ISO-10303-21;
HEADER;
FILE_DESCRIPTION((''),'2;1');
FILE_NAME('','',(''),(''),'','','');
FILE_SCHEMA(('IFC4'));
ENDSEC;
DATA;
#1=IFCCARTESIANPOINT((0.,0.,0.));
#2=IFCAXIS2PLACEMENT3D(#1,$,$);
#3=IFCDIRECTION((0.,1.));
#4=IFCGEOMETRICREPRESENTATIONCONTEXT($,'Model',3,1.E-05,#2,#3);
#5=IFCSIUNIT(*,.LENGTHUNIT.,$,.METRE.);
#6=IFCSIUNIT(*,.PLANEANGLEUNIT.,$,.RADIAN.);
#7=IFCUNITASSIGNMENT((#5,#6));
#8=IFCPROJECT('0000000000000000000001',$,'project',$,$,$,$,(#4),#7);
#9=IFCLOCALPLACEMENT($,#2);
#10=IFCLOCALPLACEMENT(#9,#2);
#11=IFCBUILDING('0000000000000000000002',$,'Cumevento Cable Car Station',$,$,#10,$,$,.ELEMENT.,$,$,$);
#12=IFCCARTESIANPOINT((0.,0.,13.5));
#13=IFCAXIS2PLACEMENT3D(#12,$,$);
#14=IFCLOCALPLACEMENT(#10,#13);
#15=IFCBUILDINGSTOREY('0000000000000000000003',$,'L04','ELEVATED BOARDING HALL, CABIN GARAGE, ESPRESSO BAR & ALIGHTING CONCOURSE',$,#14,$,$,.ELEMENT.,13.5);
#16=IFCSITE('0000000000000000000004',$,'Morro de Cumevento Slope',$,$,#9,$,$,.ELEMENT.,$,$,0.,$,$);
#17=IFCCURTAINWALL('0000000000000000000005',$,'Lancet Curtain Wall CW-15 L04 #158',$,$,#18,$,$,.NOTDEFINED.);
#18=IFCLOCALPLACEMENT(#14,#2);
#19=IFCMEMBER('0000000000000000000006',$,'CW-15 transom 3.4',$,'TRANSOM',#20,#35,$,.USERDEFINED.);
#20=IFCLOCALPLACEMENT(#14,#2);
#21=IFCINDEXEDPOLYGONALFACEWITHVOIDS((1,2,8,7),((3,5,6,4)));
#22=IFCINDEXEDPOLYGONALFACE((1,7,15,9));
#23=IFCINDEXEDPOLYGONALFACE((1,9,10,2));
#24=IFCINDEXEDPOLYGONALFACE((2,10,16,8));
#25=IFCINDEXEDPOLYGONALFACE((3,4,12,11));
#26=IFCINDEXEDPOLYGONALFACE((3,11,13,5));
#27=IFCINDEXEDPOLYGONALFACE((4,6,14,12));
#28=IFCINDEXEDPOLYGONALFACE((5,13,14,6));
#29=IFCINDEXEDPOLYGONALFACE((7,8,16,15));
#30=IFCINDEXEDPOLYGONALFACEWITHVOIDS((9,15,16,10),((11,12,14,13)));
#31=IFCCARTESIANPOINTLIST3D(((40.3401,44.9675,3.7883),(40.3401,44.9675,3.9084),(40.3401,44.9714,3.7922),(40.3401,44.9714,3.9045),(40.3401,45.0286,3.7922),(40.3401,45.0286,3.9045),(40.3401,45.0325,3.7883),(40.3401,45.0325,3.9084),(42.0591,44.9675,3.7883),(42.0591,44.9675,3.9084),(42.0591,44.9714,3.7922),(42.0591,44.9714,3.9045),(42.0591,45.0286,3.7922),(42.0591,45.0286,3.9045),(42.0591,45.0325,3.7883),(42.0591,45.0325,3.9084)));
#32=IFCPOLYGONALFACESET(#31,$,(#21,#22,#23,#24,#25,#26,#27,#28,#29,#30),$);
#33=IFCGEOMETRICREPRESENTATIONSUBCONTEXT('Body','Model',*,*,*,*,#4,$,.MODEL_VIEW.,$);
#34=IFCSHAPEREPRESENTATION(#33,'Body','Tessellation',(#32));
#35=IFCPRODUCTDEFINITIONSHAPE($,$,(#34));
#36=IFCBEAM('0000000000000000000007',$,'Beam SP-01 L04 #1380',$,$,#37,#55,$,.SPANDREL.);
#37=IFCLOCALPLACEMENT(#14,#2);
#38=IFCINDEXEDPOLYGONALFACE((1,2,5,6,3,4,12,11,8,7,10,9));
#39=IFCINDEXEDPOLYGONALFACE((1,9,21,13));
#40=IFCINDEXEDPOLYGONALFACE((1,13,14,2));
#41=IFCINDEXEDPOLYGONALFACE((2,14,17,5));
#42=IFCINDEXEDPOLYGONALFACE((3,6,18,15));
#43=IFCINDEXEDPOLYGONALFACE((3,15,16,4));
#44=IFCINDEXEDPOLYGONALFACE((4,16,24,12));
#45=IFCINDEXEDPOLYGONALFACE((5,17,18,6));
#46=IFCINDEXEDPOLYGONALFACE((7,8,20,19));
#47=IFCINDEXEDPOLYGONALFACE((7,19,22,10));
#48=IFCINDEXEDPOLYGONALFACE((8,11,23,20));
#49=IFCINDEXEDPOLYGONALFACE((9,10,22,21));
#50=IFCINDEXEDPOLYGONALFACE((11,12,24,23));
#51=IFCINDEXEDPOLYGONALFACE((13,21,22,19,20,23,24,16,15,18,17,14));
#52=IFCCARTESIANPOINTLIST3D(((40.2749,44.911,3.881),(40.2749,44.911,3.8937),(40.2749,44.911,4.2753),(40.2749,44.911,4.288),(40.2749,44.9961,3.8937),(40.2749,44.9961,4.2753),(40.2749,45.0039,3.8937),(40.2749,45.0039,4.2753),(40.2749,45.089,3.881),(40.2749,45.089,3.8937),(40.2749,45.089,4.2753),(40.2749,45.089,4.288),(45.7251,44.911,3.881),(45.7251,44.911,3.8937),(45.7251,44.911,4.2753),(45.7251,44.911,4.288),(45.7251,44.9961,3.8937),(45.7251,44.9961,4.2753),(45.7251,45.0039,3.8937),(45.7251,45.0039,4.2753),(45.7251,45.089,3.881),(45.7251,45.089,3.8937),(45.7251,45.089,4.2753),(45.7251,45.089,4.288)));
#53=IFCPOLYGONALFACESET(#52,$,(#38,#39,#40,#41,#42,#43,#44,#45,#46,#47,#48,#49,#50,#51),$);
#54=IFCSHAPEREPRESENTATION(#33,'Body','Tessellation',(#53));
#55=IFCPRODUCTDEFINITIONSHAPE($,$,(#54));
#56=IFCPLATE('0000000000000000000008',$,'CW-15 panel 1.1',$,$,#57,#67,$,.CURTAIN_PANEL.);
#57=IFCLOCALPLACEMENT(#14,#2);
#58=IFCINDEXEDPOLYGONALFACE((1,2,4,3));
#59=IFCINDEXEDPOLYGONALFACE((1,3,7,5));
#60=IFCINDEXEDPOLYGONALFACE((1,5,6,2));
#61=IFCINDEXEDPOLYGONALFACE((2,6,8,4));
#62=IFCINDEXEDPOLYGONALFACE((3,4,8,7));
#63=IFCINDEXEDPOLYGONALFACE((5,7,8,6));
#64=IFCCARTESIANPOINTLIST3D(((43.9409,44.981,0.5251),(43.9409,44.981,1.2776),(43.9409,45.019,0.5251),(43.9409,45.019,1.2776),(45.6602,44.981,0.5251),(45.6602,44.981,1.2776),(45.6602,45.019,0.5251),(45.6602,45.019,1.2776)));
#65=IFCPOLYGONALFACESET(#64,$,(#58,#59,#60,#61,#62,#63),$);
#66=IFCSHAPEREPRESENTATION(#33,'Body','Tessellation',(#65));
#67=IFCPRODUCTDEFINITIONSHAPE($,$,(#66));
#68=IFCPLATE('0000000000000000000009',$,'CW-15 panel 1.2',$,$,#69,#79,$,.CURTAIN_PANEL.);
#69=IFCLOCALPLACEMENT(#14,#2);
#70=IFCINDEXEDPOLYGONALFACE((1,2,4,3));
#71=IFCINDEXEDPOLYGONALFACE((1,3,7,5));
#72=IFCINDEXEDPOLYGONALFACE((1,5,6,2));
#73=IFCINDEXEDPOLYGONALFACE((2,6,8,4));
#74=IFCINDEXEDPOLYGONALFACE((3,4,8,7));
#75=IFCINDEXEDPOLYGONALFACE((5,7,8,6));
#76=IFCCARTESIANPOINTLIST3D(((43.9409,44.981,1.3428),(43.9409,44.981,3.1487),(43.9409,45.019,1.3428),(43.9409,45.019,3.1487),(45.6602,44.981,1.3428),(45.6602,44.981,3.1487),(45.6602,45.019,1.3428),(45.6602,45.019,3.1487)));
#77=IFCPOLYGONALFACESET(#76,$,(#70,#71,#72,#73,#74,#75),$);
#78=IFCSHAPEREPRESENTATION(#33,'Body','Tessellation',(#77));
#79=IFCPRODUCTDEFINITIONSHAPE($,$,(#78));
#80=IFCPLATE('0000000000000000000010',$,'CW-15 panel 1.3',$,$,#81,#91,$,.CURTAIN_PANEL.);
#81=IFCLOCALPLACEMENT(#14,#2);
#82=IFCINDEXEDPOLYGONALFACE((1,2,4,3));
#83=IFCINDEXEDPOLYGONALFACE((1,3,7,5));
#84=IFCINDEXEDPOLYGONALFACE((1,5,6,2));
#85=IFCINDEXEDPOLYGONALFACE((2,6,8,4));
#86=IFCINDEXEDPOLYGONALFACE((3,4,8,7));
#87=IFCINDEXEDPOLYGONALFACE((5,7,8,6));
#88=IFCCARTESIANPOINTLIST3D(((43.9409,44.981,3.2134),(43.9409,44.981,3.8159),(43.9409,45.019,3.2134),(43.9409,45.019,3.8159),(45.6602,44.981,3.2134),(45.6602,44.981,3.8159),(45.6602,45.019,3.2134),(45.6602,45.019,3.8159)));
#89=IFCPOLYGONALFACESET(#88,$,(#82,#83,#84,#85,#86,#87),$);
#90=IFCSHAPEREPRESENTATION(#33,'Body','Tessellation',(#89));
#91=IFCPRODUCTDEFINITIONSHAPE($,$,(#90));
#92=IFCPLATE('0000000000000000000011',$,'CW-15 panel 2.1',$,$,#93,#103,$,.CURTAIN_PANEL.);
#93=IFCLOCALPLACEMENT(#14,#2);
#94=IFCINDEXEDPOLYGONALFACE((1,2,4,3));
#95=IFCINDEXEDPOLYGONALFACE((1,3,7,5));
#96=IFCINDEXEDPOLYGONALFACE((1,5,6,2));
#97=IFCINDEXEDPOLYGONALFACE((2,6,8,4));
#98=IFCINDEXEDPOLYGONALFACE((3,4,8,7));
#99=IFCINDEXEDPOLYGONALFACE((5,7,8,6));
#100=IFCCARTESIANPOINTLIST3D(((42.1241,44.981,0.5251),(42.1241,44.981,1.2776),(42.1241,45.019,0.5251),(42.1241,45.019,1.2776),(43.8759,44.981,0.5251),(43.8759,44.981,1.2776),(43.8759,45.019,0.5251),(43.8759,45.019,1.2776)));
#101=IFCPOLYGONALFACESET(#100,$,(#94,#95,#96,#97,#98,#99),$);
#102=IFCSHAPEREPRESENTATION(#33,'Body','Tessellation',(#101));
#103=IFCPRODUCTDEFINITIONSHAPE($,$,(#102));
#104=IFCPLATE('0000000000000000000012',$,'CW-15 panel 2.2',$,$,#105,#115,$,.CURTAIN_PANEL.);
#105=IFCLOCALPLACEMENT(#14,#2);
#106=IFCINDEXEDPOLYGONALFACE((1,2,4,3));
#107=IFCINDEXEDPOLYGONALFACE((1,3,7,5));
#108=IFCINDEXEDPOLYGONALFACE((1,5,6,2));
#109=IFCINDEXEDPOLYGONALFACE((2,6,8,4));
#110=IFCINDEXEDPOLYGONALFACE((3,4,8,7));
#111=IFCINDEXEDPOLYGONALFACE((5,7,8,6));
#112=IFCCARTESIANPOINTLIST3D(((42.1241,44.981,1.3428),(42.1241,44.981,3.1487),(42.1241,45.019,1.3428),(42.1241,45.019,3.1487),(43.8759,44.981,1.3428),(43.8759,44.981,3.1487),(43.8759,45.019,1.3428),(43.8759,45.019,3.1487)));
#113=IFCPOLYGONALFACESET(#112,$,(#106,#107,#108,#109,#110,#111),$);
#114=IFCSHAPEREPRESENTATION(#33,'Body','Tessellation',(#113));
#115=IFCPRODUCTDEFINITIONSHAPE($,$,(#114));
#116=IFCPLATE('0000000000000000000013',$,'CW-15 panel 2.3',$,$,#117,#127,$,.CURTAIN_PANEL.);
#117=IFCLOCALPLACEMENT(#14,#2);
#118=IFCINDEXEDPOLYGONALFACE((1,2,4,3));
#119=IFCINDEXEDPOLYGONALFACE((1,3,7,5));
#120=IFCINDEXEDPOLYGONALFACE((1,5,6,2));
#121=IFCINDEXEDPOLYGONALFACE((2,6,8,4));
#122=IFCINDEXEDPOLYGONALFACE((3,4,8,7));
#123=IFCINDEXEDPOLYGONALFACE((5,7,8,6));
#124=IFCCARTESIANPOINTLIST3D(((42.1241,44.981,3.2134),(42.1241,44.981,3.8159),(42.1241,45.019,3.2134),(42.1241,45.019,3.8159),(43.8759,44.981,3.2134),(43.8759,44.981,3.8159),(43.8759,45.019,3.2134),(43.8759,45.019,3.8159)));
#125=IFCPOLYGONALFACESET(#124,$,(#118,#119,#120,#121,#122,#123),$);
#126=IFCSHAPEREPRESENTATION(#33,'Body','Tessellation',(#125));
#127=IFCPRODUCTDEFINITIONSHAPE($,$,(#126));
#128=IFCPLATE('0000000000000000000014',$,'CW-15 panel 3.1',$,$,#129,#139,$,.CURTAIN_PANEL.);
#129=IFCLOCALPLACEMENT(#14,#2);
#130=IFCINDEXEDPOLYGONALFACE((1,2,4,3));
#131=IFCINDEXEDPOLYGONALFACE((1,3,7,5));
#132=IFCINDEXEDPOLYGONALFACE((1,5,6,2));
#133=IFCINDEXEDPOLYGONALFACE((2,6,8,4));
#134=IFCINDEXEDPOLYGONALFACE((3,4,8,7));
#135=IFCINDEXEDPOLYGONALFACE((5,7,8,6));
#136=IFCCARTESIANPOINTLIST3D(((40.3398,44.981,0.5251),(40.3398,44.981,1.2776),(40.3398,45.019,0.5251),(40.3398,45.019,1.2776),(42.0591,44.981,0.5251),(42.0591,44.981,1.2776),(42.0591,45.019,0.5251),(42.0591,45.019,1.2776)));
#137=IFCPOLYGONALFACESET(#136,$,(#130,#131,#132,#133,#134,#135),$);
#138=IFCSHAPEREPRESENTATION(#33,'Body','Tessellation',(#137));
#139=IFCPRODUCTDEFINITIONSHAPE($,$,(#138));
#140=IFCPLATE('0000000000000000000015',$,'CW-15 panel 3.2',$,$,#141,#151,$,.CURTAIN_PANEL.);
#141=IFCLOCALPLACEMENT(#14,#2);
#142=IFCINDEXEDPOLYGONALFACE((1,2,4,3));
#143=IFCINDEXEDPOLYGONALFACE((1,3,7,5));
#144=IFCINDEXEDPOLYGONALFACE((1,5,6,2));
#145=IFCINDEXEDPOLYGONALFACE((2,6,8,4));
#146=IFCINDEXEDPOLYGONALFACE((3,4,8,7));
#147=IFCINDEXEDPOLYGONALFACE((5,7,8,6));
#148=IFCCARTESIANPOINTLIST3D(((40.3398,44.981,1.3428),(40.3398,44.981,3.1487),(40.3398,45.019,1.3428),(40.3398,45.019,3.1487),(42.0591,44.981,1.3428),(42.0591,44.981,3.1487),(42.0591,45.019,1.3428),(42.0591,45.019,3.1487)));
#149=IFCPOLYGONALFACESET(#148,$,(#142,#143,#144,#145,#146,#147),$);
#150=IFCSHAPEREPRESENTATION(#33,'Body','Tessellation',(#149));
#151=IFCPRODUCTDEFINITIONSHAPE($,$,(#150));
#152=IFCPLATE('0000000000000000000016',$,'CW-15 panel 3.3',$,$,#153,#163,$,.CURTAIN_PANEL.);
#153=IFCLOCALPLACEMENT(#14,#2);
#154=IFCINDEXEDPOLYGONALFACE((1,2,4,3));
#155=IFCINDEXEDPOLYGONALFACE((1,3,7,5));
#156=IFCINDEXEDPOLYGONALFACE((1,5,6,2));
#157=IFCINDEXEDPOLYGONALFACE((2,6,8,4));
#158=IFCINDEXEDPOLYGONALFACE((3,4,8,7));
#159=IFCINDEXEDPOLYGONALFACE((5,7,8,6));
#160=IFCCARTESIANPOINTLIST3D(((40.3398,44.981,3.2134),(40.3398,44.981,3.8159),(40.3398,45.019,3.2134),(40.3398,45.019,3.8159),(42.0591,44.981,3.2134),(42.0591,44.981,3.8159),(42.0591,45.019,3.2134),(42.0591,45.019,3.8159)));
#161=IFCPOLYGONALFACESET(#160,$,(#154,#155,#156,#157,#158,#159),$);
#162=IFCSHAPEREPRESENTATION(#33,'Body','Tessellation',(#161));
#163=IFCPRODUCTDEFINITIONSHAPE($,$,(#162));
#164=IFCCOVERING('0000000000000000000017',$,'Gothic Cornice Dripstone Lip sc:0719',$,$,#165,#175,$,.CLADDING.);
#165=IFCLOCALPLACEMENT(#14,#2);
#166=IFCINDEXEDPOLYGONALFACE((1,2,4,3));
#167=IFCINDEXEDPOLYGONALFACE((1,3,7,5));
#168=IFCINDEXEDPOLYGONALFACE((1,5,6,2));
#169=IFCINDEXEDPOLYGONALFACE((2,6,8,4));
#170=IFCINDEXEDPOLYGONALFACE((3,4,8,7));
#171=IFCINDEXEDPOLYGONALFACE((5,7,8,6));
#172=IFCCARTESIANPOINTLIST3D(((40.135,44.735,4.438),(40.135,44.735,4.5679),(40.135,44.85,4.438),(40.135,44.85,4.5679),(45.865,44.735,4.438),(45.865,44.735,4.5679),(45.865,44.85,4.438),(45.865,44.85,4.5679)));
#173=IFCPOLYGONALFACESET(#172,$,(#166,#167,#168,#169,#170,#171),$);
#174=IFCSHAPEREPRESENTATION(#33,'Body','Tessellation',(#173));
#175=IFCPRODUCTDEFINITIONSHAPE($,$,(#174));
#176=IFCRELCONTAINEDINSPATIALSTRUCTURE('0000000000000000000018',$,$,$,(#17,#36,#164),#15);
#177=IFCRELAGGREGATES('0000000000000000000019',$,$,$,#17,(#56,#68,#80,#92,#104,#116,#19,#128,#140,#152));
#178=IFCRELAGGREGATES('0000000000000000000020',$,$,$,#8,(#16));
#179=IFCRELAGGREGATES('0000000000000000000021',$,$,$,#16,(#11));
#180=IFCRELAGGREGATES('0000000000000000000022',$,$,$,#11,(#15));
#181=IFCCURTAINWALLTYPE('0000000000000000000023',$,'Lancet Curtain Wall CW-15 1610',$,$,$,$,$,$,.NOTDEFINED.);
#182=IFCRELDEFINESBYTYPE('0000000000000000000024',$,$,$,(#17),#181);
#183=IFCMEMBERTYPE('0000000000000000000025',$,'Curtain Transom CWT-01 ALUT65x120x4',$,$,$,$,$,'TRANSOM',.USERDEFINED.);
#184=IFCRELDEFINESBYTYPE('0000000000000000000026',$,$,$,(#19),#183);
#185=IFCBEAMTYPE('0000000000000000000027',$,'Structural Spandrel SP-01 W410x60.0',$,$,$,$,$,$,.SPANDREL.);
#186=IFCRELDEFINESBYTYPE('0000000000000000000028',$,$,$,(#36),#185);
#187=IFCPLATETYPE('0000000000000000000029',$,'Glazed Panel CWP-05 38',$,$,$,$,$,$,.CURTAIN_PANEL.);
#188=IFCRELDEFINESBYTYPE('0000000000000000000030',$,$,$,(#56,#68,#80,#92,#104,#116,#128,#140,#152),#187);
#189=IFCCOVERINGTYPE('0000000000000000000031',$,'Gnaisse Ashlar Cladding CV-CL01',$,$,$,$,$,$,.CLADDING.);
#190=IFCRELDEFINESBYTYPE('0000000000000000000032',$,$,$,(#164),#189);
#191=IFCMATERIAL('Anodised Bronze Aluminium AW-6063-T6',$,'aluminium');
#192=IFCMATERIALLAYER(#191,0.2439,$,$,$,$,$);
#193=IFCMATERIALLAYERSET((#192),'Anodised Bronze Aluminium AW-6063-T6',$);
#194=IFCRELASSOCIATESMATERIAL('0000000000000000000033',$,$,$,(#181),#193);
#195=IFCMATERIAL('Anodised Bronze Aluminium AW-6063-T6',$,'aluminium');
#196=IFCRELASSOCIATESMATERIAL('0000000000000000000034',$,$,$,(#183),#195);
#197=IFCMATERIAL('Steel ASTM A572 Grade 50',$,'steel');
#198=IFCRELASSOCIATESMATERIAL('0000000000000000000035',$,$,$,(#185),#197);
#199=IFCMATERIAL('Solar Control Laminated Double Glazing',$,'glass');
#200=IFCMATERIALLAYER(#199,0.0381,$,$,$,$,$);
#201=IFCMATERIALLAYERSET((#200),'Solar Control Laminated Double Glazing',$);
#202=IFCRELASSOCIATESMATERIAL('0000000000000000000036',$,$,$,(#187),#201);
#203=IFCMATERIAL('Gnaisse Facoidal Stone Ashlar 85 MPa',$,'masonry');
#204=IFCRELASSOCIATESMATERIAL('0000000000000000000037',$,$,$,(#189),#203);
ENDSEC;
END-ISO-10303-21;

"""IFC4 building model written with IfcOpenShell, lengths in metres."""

from ifc_helpers import new_model, si_unit, direction, frame, origin, origin_2d, place, context, subcontext, project, spatial, rectangle, hollow_rectangle, i_section, extrude, material, layer, layer_set, material_profile, profile_set, type_object, element, aggregate, save


model = new_model("IFC4")

# Units and contexts
model_context = context("Model", 3, precision=1e-05, world=origin(), true_north=direction((0.0, 1.0)))
body_context = subcontext(model_context, "Body", "Model", "MODEL_VIEW")
ifc_project = project(units=[si_unit("LENGTHUNIT", "METRE"), si_unit("PLANEANGLEUNIT", "RADIAN")], contexts=[model_context])

# Site, building, storey
site_placement = place(None, origin())
site = spatial("IfcSite", under=ifc_project, at=site_placement, Name="Morro de Cumevento Slope", CompositionType="ELEMENT", RefElevation=0.0)
building_placement = place(site_placement, origin())
building = spatial("IfcBuilding", under=site, at=building_placement, Name="Cumevento Cable Car Station", CompositionType="ELEMENT")
storey_placement = place(building_placement, frame((0.0, 0.0, 13.5)))
storey = spatial("IfcBuildingStorey", under=building, at=storey_placement, Name="L04", Description="ELEVATED BOARDING HALL, CABIN GARAGE, ESPRESSO BAR & ALIGHTING CONCOURSE", CompositionType="ELEMENT", Elevation=13.5)

# Curtain wall, member
ifc_material_1 = material(Name="Anodised Bronze Aluminium AW-6063-T6", Category="aluminium")
ifc_layer_1 = layer(ifc_material_1, 0.2439)
ifc_layer_set_1 = layer_set([ifc_layer_1], Name="Anodised Bronze Aluminium AW-6063-T6")
curtain_wall_type = type_object("IfcCurtainWallType", Name="Lancet Curtain Wall CW-15 1610", PredefinedType="NOTDEFINED", material=ifc_layer_set_1)
curtain_wall_placement = place(storey_placement, origin())
curtain_wall = element("IfcCurtainWall", 1, at=curtain_wall_placement, inside=storey, type_object=curtain_wall_type, Name="Lancet Curtain Wall CW-15 L04 #158", PredefinedType="NOTDEFINED")
ifc_material_2 = material(Name="Anodised Bronze Aluminium AW-6063-T6", Category="aluminium")
ifc_material_profile_1 = material_profile(ifc_material_2, hollow_rectangle(XDim=0.0649, YDim=0.1201, WallThickness=0.0039, at=origin_2d()), Name="ALUT65x120x4")
ifc_profile_set_1 = profile_set([ifc_material_profile_1], Name="Anodised Bronze Aluminium AW-6063-T6")
member_type_1 = type_object("IfcMemberType", Name="Curtain Transom CWT-01 ALUT65x120x4", ElementType="TRANSOM", PredefinedType="USERDEFINED", material=ifc_profile_set_1)
member_1_placement = place(storey_placement, frame((42.0591, 45.0, 3.8484), z_axis=(-1.0, 0.0, 0.0), x_axis=(0.0, -1.0, 0.0)))
member_1 = element("IfcMember", 2, at=member_1_placement, type_object=member_type_1, Name="CW-15 transom 3.4", ObjectType="TRANSOM", PredefinedType="USERDEFINED", context=body_context, shape_type="SweptSolid", body=[
    extrude(hollow_rectangle(XDim=0.0649, YDim=0.1201, WallThickness=0.0039, at=origin_2d()), origin(), (0.0, 0.0, 1.0), 1.719),
])

# Beam
ifc_material_3 = material(Name="Steel ASTM A572 Grade 50", Category="steel")
ifc_material_profile_2 = material_profile(ifc_material_3, i_section(OverallWidth=0.178, OverallDepth=0.407, WebThickness=0.0078, FlangeThickness=0.0127, at=origin_2d()), Name="W410x60.0")
ifc_profile_set_2 = profile_set([ifc_material_profile_2], Name="Steel ASTM A572 Grade 50")
beam_type = type_object("IfcBeamType", Name="Structural Spandrel SP-01 W410x60.0", PredefinedType="SPANDREL", material=ifc_profile_set_2)
beam_placement = place(storey_placement, frame((40.2749, 45.0, 4.0845), z_axis=(1.0, 0.0, 0.0), x_axis=(0.0, 1.0, 0.0)))
element("IfcBeam", 3, at=beam_placement, inside=storey, type_object=beam_type, Name="Beam SP-01 L04 #1380", PredefinedType="SPANDREL", context=body_context, shape_type="SweptSolid", body=[
    extrude(i_section(OverallWidth=0.178, OverallDepth=0.407, WebThickness=0.0078, FlangeThickness=0.0127, at=origin_2d()), origin(), (0.0, 0.0, 1.0), 5.4502),
])

# Plates
ifc_material_4 = material(Name="Solar Control Laminated Double Glazing", Category="glass")
ifc_layer_2 = layer(ifc_material_4, 0.0381)
ifc_layer_set_2 = layer_set([ifc_layer_2], Name="Solar Control Laminated Double Glazing")
plate_type = type_object("IfcPlateType", Name="Glazed Panel CWP-05 38", PredefinedType="CURTAIN_PANEL", material=ifc_layer_set_2)
plate_1_placement = place(storey_placement, frame((44.8005, 45.0, 0.5251), z_axis=(0.0, 0.0, 1.0), x_axis=(-1.0, 0.0, 0.0)))
plate_1 = element("IfcPlate", 4, at=plate_1_placement, type_object=plate_type, Name="CW-15 panel 1.1", PredefinedType="CURTAIN_PANEL", context=body_context, shape_type="SweptSolid", body=[
    extrude(rectangle(XDim=1.7192, YDim=0.0381, at=origin_2d()), origin(), (0.0, 0.0, 1.0), 0.7524),
])
plate_2_placement = place(storey_placement, frame((44.8005, 45.0, 1.3428), z_axis=(0.0, 0.0, 1.0), x_axis=(-1.0, 0.0, 0.0)))
plate_2 = element("IfcPlate", 5, at=plate_2_placement, type_object=plate_type, Name="CW-15 panel 1.2", PredefinedType="CURTAIN_PANEL", context=body_context, shape_type="SweptSolid", body=[
    extrude(rectangle(XDim=1.7192, YDim=0.0381, at=origin_2d()), origin(), (0.0, 0.0, 1.0), 1.8059),
])
plate_3_placement = place(storey_placement, frame((44.8005, 45.0, 3.2134), z_axis=(0.0, 0.0, 1.0), x_axis=(-1.0, 0.0, 0.0)))
plate_3 = element("IfcPlate", 6, at=plate_3_placement, type_object=plate_type, Name="CW-15 panel 1.3", PredefinedType="CURTAIN_PANEL", context=body_context, shape_type="SweptSolid", body=[
    extrude(rectangle(XDim=1.7192, YDim=0.0381, at=origin_2d()), origin(), (0.0, 0.0, 1.0), 0.6025),
])
plate_4_placement = place(storey_placement, frame((43.0, 45.0, 0.5251), z_axis=(0.0, 0.0, 1.0), x_axis=(-1.0, 0.0, 0.0)))
plate_4 = element("IfcPlate", 7, at=plate_4_placement, type_object=plate_type, Name="CW-15 panel 2.1", PredefinedType="CURTAIN_PANEL", context=body_context, shape_type="SweptSolid", body=[
    extrude(rectangle(XDim=1.7517, YDim=0.0381, at=origin_2d()), origin(), (0.0, 0.0, 1.0), 0.7524),
])
plate_5_placement = place(storey_placement, frame((43.0, 45.0, 1.3428), z_axis=(0.0, 0.0, 1.0), x_axis=(-1.0, 0.0, 0.0)))
plate_5 = element("IfcPlate", 8, at=plate_5_placement, type_object=plate_type, Name="CW-15 panel 2.2", PredefinedType="CURTAIN_PANEL", context=body_context, shape_type="SweptSolid", body=[
    extrude(rectangle(XDim=1.7517, YDim=0.0381, at=origin_2d()), origin(), (0.0, 0.0, 1.0), 1.8059),
])
plate_6_placement = place(storey_placement, frame((43.0, 45.0, 3.2134), z_axis=(0.0, 0.0, 1.0), x_axis=(-1.0, 0.0, 0.0)))
plate_6 = element("IfcPlate", 9, at=plate_6_placement, type_object=plate_type, Name="CW-15 panel 2.3", PredefinedType="CURTAIN_PANEL", context=body_context, shape_type="SweptSolid", body=[
    extrude(rectangle(XDim=1.7517, YDim=0.0381, at=origin_2d()), origin(), (0.0, 0.0, 1.0), 0.6025),
])
plate_7_placement = place(storey_placement, frame((41.1995, 45.0, 0.5251), z_axis=(0.0, 0.0, 1.0), x_axis=(-1.0, 0.0, 0.0)))
plate_7 = element("IfcPlate", 10, at=plate_7_placement, type_object=plate_type, Name="CW-15 panel 3.1", PredefinedType="CURTAIN_PANEL", context=body_context, shape_type="SweptSolid", body=[
    extrude(rectangle(XDim=1.7192, YDim=0.0381, at=origin_2d()), origin(), (0.0, 0.0, 1.0), 0.7524),
])
plate_8_placement = place(storey_placement, frame((41.1995, 45.0, 1.3428), z_axis=(0.0, 0.0, 1.0), x_axis=(-1.0, 0.0, 0.0)))
plate_8 = element("IfcPlate", 11, at=plate_8_placement, type_object=plate_type, Name="CW-15 panel 3.2", PredefinedType="CURTAIN_PANEL", context=body_context, shape_type="SweptSolid", body=[
    extrude(rectangle(XDim=1.7192, YDim=0.0381, at=origin_2d()), origin(), (0.0, 0.0, 1.0), 1.8059),
])
plate_9_placement = place(storey_placement, frame((41.1995, 45.0, 3.2134), z_axis=(0.0, 0.0, 1.0), x_axis=(-1.0, 0.0, 0.0)))
plate_9 = element("IfcPlate", 12, at=plate_9_placement, type_object=plate_type, Name="CW-15 panel 3.3", PredefinedType="CURTAIN_PANEL", context=body_context, shape_type="SweptSolid", body=[
    extrude(rectangle(XDim=1.7192, YDim=0.0381, at=origin_2d()), origin(), (0.0, 0.0, 1.0), 0.6025),
])
aggregate(curtain_wall, [plate_1, plate_2, plate_3, plate_4, plate_5, plate_6, member_1, plate_7, plate_8, plate_9])

# Covering
ifc_material_5 = material(Name="Gnaisse Facoidal Stone Ashlar 85 MPa", Category="masonry")
covering_type = type_object("IfcCoveringType", Name="Gnaisse Ashlar Cladding CV-CL01", PredefinedType="CLADDING", material=ifc_material_5)
covering_placement = place(storey_placement, frame((43.0, 44.7925, 4.438), z_axis=(0.0, 0.0, 1.0), x_axis=(-1.0, 0.0, 0.0)))
element("IfcCovering", 13, at=covering_placement, inside=storey, type_object=covering_type, Name="Gothic Cornice Dripstone Lip sc:0719", PredefinedType="CLADDING", context=body_context, shape_type="SweptSolid", body=[
    extrude(rectangle(XDim=5.73, YDim=0.115, at=origin_2d()), origin(), (0.0, 0.0, 1.0), 0.1299),
])

save(model, "model.ifc")
